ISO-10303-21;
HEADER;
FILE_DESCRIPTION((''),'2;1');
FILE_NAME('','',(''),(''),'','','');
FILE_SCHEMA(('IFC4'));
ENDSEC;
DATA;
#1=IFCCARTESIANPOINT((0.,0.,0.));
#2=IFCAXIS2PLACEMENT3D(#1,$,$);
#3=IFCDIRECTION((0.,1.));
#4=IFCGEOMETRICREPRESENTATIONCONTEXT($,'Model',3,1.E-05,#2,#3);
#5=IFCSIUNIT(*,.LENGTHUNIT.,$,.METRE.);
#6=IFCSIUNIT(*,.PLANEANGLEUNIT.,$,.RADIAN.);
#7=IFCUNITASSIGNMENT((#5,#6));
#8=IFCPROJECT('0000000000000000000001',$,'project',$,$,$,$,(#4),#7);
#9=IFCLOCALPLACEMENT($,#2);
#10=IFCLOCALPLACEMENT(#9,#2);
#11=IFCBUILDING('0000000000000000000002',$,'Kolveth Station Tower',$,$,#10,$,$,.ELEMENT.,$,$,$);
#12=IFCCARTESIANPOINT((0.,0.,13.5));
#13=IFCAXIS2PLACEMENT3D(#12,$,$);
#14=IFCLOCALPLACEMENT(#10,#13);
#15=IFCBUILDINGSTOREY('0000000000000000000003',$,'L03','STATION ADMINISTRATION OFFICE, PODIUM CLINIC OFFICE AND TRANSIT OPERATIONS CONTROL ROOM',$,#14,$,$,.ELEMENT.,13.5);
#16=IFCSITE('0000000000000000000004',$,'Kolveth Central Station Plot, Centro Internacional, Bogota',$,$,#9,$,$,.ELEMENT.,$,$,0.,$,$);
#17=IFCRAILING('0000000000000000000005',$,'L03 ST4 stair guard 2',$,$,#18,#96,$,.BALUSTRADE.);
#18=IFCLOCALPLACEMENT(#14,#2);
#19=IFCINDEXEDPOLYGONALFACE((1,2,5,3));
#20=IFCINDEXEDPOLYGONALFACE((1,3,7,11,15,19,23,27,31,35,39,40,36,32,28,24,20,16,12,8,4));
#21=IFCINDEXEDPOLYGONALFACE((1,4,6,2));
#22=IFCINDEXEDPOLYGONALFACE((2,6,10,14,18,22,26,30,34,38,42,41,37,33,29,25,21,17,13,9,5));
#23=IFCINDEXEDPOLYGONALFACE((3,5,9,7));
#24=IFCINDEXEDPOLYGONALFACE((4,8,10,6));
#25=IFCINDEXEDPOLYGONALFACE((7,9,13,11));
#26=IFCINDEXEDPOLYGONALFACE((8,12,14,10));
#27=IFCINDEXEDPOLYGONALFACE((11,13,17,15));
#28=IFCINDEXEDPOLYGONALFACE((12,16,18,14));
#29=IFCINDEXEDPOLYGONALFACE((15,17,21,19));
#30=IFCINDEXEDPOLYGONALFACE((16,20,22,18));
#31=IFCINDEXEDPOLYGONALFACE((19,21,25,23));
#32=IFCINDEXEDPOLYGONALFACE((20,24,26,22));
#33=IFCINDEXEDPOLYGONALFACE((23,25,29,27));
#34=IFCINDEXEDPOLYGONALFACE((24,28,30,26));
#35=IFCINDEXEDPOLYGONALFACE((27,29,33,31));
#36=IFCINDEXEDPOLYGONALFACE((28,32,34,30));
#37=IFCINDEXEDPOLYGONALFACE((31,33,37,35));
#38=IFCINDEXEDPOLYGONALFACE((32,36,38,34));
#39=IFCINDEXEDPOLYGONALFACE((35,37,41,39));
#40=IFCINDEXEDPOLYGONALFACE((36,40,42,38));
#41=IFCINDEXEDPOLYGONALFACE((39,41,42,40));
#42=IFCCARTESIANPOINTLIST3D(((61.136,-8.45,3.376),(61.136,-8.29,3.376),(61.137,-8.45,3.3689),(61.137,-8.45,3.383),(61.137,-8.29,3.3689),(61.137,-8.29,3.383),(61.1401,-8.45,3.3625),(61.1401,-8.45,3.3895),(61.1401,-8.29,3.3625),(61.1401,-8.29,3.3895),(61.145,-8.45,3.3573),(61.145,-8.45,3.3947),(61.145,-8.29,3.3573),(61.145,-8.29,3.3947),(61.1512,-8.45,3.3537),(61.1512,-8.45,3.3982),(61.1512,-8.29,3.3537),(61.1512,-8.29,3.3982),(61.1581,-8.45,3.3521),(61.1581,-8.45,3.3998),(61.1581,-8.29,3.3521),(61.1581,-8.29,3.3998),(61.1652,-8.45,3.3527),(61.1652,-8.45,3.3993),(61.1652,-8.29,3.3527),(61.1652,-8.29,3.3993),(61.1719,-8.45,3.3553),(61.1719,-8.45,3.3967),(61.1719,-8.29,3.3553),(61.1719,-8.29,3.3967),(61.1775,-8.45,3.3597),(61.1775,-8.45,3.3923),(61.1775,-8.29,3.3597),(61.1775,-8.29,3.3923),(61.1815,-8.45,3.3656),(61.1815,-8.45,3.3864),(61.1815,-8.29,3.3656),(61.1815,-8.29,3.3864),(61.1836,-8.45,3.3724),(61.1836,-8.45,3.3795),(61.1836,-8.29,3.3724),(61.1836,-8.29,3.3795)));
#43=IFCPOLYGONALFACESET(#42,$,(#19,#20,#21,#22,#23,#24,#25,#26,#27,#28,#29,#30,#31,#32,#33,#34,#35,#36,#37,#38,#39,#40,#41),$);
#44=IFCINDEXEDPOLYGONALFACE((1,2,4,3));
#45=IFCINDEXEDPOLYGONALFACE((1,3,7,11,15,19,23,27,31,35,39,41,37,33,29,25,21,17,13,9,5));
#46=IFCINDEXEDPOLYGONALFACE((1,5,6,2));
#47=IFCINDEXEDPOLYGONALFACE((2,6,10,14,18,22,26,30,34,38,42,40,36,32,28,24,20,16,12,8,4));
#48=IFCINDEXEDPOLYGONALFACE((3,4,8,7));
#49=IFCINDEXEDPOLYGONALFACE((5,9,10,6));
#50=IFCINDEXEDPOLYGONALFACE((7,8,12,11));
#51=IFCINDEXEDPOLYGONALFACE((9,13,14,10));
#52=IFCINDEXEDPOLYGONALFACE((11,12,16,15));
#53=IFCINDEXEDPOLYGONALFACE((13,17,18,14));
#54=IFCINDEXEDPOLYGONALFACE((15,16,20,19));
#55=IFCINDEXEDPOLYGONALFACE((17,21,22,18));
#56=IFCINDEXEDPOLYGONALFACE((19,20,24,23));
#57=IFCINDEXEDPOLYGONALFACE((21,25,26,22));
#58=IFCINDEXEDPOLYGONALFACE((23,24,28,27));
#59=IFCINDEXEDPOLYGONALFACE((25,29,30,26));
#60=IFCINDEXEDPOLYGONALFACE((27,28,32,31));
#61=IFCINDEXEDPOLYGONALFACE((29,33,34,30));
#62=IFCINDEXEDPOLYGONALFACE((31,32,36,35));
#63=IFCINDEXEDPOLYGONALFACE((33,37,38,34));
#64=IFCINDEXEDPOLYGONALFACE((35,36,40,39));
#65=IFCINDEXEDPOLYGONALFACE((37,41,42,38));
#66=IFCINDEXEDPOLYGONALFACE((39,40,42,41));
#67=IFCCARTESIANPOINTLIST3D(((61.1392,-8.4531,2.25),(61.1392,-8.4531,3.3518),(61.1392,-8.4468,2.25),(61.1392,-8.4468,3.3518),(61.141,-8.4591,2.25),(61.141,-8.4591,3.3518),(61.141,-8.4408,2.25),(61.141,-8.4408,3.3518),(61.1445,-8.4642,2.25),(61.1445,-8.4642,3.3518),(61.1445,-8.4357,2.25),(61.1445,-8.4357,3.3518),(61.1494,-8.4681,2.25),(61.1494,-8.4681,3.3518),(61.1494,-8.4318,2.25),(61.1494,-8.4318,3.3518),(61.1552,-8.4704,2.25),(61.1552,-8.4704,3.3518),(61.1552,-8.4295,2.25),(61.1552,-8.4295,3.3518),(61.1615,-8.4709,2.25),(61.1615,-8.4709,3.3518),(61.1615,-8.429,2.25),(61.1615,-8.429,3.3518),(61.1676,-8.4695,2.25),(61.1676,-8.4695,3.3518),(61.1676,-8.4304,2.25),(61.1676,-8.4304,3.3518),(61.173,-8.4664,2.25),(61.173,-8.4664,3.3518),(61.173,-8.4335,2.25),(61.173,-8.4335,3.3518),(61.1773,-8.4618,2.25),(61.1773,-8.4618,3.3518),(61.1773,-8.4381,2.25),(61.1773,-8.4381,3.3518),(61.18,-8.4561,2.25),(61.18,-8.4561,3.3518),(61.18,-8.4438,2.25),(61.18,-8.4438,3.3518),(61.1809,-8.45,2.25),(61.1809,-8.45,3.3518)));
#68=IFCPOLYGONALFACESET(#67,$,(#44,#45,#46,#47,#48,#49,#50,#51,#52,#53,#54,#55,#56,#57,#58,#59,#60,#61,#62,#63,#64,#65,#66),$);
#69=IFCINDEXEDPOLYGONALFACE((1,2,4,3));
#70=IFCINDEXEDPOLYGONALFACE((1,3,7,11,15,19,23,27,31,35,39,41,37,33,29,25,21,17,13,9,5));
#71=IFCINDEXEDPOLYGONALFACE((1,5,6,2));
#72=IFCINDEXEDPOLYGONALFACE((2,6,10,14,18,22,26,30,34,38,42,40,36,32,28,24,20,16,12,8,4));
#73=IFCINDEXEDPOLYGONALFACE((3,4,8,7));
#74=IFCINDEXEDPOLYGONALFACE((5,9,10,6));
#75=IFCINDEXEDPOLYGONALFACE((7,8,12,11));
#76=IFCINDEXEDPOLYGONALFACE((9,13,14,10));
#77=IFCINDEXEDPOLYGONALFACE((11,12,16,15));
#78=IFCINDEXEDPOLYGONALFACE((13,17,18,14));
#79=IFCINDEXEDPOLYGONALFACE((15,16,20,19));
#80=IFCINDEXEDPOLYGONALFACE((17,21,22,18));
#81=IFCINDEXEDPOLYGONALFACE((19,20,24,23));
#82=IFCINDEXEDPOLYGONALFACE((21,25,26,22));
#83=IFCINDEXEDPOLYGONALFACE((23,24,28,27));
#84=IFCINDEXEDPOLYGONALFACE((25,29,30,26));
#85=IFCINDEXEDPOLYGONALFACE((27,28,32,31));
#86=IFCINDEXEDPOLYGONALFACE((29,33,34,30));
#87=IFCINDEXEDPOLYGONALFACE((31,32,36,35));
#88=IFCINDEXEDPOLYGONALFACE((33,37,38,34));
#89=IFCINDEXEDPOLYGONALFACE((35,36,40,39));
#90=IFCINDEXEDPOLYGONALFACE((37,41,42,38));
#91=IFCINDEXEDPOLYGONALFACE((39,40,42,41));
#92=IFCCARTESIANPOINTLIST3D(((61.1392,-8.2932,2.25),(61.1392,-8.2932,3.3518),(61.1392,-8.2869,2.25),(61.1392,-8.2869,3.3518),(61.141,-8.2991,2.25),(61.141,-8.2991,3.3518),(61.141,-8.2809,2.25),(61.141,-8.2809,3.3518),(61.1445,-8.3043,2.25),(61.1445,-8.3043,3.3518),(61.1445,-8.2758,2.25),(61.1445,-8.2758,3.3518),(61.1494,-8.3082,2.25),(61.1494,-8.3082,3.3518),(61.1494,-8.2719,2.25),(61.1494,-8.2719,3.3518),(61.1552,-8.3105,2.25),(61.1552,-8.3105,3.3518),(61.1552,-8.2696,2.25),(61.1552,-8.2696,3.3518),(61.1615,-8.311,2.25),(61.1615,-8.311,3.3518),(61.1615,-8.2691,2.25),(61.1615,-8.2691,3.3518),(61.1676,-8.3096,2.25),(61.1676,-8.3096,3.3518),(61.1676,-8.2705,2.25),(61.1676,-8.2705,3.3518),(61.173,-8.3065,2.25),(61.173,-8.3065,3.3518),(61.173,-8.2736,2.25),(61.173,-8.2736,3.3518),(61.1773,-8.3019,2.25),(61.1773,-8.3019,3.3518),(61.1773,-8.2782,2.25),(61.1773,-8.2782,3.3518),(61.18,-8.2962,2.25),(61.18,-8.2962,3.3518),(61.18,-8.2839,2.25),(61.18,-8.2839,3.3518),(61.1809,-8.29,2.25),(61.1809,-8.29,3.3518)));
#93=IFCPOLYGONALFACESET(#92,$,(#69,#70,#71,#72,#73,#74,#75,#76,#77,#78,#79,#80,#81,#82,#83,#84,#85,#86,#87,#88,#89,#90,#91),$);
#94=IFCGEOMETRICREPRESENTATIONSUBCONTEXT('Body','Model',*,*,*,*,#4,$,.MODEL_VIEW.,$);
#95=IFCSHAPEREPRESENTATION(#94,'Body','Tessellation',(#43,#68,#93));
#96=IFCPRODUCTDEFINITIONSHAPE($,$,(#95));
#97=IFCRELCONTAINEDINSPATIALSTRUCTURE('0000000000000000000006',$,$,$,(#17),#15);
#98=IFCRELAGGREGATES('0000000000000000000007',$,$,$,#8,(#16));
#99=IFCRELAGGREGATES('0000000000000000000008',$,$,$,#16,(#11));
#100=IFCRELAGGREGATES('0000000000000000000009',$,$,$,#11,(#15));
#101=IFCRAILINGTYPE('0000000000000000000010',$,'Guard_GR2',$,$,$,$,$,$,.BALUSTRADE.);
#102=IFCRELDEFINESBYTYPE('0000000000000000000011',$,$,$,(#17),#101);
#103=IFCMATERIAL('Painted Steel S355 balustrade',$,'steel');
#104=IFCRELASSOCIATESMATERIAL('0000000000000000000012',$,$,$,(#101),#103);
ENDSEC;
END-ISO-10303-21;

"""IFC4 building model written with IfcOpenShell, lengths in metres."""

from ifc_helpers import new_model, si_unit, direction, frame, origin, origin_2d, place, context, subcontext, project, spatial, circle, extrude, material, type_object, element, save


model = new_model("IFC4")

# Units and contexts
model_context = context("Model", 3, precision=1e-05, world=origin(), true_north=direction((0.0, 1.0)))
body_context = subcontext(model_context, "Body", "Model", "MODEL_VIEW")
ifc_project = project(units=[si_unit("LENGTHUNIT", "METRE"), si_unit("PLANEANGLEUNIT", "RADIAN")], contexts=[model_context])

# Site, building, storey
site_placement = place(None, origin())
site = spatial("IfcSite", under=ifc_project, at=site_placement, Name="Kolveth Central Station Plot, Centro Internacional, Bogota", CompositionType="ELEMENT", RefElevation=0.0)
building_placement = place(site_placement, origin())
building = spatial("IfcBuilding", under=site, at=building_placement, Name="Kolveth Station Tower", CompositionType="ELEMENT")
storey_placement = place(building_placement, frame((0.0, 0.0, 13.5)))
storey = spatial("IfcBuildingStorey", under=building, at=storey_placement, Name="L03", Description="STATION ADMINISTRATION OFFICE, PODIUM CLINIC OFFICE AND TRANSIT OPERATIONS CONTROL ROOM", CompositionType="ELEMENT", Elevation=13.5)

# Railing
ifc_material_1 = material(Name="Painted Steel S355 balustrade", Category="steel")
railing_type_1 = type_object("IfcRailingType", Name="Guard_GR2", PredefinedType="BALUSTRADE", material=ifc_material_1)
railing_1_placement = place(storey_placement, frame((61.1599, -8.45, 2.25)))
element("IfcRailing", 1, at=railing_1_placement, inside=storey, type_object=railing_type_1, Name="L03 ST4 stair guard 2", PredefinedType="BALUSTRADE", context=body_context, shape_type="SweptSolid", body=[
    extrude(circle(Radius=0.0239, at=origin_2d()), frame((0.0, 0.0, 1.126), z_axis=(0.0, 1.0, 0.0), x_axis=(-1.0, 0.0, 0.0)), (0.0, 0.0, 1.0), 0.1599),
    extrude(circle(Radius=0.021, at=origin_2d()), origin(), (0.0, 0.0, 1.0), 1.1018),
    extrude(circle(Radius=0.021, at=origin_2d()), frame((0.0, 0.1599, 0.0)), (0.0, 0.0, 1.0), 1.1018),
])

save(model, "model.ifc")
